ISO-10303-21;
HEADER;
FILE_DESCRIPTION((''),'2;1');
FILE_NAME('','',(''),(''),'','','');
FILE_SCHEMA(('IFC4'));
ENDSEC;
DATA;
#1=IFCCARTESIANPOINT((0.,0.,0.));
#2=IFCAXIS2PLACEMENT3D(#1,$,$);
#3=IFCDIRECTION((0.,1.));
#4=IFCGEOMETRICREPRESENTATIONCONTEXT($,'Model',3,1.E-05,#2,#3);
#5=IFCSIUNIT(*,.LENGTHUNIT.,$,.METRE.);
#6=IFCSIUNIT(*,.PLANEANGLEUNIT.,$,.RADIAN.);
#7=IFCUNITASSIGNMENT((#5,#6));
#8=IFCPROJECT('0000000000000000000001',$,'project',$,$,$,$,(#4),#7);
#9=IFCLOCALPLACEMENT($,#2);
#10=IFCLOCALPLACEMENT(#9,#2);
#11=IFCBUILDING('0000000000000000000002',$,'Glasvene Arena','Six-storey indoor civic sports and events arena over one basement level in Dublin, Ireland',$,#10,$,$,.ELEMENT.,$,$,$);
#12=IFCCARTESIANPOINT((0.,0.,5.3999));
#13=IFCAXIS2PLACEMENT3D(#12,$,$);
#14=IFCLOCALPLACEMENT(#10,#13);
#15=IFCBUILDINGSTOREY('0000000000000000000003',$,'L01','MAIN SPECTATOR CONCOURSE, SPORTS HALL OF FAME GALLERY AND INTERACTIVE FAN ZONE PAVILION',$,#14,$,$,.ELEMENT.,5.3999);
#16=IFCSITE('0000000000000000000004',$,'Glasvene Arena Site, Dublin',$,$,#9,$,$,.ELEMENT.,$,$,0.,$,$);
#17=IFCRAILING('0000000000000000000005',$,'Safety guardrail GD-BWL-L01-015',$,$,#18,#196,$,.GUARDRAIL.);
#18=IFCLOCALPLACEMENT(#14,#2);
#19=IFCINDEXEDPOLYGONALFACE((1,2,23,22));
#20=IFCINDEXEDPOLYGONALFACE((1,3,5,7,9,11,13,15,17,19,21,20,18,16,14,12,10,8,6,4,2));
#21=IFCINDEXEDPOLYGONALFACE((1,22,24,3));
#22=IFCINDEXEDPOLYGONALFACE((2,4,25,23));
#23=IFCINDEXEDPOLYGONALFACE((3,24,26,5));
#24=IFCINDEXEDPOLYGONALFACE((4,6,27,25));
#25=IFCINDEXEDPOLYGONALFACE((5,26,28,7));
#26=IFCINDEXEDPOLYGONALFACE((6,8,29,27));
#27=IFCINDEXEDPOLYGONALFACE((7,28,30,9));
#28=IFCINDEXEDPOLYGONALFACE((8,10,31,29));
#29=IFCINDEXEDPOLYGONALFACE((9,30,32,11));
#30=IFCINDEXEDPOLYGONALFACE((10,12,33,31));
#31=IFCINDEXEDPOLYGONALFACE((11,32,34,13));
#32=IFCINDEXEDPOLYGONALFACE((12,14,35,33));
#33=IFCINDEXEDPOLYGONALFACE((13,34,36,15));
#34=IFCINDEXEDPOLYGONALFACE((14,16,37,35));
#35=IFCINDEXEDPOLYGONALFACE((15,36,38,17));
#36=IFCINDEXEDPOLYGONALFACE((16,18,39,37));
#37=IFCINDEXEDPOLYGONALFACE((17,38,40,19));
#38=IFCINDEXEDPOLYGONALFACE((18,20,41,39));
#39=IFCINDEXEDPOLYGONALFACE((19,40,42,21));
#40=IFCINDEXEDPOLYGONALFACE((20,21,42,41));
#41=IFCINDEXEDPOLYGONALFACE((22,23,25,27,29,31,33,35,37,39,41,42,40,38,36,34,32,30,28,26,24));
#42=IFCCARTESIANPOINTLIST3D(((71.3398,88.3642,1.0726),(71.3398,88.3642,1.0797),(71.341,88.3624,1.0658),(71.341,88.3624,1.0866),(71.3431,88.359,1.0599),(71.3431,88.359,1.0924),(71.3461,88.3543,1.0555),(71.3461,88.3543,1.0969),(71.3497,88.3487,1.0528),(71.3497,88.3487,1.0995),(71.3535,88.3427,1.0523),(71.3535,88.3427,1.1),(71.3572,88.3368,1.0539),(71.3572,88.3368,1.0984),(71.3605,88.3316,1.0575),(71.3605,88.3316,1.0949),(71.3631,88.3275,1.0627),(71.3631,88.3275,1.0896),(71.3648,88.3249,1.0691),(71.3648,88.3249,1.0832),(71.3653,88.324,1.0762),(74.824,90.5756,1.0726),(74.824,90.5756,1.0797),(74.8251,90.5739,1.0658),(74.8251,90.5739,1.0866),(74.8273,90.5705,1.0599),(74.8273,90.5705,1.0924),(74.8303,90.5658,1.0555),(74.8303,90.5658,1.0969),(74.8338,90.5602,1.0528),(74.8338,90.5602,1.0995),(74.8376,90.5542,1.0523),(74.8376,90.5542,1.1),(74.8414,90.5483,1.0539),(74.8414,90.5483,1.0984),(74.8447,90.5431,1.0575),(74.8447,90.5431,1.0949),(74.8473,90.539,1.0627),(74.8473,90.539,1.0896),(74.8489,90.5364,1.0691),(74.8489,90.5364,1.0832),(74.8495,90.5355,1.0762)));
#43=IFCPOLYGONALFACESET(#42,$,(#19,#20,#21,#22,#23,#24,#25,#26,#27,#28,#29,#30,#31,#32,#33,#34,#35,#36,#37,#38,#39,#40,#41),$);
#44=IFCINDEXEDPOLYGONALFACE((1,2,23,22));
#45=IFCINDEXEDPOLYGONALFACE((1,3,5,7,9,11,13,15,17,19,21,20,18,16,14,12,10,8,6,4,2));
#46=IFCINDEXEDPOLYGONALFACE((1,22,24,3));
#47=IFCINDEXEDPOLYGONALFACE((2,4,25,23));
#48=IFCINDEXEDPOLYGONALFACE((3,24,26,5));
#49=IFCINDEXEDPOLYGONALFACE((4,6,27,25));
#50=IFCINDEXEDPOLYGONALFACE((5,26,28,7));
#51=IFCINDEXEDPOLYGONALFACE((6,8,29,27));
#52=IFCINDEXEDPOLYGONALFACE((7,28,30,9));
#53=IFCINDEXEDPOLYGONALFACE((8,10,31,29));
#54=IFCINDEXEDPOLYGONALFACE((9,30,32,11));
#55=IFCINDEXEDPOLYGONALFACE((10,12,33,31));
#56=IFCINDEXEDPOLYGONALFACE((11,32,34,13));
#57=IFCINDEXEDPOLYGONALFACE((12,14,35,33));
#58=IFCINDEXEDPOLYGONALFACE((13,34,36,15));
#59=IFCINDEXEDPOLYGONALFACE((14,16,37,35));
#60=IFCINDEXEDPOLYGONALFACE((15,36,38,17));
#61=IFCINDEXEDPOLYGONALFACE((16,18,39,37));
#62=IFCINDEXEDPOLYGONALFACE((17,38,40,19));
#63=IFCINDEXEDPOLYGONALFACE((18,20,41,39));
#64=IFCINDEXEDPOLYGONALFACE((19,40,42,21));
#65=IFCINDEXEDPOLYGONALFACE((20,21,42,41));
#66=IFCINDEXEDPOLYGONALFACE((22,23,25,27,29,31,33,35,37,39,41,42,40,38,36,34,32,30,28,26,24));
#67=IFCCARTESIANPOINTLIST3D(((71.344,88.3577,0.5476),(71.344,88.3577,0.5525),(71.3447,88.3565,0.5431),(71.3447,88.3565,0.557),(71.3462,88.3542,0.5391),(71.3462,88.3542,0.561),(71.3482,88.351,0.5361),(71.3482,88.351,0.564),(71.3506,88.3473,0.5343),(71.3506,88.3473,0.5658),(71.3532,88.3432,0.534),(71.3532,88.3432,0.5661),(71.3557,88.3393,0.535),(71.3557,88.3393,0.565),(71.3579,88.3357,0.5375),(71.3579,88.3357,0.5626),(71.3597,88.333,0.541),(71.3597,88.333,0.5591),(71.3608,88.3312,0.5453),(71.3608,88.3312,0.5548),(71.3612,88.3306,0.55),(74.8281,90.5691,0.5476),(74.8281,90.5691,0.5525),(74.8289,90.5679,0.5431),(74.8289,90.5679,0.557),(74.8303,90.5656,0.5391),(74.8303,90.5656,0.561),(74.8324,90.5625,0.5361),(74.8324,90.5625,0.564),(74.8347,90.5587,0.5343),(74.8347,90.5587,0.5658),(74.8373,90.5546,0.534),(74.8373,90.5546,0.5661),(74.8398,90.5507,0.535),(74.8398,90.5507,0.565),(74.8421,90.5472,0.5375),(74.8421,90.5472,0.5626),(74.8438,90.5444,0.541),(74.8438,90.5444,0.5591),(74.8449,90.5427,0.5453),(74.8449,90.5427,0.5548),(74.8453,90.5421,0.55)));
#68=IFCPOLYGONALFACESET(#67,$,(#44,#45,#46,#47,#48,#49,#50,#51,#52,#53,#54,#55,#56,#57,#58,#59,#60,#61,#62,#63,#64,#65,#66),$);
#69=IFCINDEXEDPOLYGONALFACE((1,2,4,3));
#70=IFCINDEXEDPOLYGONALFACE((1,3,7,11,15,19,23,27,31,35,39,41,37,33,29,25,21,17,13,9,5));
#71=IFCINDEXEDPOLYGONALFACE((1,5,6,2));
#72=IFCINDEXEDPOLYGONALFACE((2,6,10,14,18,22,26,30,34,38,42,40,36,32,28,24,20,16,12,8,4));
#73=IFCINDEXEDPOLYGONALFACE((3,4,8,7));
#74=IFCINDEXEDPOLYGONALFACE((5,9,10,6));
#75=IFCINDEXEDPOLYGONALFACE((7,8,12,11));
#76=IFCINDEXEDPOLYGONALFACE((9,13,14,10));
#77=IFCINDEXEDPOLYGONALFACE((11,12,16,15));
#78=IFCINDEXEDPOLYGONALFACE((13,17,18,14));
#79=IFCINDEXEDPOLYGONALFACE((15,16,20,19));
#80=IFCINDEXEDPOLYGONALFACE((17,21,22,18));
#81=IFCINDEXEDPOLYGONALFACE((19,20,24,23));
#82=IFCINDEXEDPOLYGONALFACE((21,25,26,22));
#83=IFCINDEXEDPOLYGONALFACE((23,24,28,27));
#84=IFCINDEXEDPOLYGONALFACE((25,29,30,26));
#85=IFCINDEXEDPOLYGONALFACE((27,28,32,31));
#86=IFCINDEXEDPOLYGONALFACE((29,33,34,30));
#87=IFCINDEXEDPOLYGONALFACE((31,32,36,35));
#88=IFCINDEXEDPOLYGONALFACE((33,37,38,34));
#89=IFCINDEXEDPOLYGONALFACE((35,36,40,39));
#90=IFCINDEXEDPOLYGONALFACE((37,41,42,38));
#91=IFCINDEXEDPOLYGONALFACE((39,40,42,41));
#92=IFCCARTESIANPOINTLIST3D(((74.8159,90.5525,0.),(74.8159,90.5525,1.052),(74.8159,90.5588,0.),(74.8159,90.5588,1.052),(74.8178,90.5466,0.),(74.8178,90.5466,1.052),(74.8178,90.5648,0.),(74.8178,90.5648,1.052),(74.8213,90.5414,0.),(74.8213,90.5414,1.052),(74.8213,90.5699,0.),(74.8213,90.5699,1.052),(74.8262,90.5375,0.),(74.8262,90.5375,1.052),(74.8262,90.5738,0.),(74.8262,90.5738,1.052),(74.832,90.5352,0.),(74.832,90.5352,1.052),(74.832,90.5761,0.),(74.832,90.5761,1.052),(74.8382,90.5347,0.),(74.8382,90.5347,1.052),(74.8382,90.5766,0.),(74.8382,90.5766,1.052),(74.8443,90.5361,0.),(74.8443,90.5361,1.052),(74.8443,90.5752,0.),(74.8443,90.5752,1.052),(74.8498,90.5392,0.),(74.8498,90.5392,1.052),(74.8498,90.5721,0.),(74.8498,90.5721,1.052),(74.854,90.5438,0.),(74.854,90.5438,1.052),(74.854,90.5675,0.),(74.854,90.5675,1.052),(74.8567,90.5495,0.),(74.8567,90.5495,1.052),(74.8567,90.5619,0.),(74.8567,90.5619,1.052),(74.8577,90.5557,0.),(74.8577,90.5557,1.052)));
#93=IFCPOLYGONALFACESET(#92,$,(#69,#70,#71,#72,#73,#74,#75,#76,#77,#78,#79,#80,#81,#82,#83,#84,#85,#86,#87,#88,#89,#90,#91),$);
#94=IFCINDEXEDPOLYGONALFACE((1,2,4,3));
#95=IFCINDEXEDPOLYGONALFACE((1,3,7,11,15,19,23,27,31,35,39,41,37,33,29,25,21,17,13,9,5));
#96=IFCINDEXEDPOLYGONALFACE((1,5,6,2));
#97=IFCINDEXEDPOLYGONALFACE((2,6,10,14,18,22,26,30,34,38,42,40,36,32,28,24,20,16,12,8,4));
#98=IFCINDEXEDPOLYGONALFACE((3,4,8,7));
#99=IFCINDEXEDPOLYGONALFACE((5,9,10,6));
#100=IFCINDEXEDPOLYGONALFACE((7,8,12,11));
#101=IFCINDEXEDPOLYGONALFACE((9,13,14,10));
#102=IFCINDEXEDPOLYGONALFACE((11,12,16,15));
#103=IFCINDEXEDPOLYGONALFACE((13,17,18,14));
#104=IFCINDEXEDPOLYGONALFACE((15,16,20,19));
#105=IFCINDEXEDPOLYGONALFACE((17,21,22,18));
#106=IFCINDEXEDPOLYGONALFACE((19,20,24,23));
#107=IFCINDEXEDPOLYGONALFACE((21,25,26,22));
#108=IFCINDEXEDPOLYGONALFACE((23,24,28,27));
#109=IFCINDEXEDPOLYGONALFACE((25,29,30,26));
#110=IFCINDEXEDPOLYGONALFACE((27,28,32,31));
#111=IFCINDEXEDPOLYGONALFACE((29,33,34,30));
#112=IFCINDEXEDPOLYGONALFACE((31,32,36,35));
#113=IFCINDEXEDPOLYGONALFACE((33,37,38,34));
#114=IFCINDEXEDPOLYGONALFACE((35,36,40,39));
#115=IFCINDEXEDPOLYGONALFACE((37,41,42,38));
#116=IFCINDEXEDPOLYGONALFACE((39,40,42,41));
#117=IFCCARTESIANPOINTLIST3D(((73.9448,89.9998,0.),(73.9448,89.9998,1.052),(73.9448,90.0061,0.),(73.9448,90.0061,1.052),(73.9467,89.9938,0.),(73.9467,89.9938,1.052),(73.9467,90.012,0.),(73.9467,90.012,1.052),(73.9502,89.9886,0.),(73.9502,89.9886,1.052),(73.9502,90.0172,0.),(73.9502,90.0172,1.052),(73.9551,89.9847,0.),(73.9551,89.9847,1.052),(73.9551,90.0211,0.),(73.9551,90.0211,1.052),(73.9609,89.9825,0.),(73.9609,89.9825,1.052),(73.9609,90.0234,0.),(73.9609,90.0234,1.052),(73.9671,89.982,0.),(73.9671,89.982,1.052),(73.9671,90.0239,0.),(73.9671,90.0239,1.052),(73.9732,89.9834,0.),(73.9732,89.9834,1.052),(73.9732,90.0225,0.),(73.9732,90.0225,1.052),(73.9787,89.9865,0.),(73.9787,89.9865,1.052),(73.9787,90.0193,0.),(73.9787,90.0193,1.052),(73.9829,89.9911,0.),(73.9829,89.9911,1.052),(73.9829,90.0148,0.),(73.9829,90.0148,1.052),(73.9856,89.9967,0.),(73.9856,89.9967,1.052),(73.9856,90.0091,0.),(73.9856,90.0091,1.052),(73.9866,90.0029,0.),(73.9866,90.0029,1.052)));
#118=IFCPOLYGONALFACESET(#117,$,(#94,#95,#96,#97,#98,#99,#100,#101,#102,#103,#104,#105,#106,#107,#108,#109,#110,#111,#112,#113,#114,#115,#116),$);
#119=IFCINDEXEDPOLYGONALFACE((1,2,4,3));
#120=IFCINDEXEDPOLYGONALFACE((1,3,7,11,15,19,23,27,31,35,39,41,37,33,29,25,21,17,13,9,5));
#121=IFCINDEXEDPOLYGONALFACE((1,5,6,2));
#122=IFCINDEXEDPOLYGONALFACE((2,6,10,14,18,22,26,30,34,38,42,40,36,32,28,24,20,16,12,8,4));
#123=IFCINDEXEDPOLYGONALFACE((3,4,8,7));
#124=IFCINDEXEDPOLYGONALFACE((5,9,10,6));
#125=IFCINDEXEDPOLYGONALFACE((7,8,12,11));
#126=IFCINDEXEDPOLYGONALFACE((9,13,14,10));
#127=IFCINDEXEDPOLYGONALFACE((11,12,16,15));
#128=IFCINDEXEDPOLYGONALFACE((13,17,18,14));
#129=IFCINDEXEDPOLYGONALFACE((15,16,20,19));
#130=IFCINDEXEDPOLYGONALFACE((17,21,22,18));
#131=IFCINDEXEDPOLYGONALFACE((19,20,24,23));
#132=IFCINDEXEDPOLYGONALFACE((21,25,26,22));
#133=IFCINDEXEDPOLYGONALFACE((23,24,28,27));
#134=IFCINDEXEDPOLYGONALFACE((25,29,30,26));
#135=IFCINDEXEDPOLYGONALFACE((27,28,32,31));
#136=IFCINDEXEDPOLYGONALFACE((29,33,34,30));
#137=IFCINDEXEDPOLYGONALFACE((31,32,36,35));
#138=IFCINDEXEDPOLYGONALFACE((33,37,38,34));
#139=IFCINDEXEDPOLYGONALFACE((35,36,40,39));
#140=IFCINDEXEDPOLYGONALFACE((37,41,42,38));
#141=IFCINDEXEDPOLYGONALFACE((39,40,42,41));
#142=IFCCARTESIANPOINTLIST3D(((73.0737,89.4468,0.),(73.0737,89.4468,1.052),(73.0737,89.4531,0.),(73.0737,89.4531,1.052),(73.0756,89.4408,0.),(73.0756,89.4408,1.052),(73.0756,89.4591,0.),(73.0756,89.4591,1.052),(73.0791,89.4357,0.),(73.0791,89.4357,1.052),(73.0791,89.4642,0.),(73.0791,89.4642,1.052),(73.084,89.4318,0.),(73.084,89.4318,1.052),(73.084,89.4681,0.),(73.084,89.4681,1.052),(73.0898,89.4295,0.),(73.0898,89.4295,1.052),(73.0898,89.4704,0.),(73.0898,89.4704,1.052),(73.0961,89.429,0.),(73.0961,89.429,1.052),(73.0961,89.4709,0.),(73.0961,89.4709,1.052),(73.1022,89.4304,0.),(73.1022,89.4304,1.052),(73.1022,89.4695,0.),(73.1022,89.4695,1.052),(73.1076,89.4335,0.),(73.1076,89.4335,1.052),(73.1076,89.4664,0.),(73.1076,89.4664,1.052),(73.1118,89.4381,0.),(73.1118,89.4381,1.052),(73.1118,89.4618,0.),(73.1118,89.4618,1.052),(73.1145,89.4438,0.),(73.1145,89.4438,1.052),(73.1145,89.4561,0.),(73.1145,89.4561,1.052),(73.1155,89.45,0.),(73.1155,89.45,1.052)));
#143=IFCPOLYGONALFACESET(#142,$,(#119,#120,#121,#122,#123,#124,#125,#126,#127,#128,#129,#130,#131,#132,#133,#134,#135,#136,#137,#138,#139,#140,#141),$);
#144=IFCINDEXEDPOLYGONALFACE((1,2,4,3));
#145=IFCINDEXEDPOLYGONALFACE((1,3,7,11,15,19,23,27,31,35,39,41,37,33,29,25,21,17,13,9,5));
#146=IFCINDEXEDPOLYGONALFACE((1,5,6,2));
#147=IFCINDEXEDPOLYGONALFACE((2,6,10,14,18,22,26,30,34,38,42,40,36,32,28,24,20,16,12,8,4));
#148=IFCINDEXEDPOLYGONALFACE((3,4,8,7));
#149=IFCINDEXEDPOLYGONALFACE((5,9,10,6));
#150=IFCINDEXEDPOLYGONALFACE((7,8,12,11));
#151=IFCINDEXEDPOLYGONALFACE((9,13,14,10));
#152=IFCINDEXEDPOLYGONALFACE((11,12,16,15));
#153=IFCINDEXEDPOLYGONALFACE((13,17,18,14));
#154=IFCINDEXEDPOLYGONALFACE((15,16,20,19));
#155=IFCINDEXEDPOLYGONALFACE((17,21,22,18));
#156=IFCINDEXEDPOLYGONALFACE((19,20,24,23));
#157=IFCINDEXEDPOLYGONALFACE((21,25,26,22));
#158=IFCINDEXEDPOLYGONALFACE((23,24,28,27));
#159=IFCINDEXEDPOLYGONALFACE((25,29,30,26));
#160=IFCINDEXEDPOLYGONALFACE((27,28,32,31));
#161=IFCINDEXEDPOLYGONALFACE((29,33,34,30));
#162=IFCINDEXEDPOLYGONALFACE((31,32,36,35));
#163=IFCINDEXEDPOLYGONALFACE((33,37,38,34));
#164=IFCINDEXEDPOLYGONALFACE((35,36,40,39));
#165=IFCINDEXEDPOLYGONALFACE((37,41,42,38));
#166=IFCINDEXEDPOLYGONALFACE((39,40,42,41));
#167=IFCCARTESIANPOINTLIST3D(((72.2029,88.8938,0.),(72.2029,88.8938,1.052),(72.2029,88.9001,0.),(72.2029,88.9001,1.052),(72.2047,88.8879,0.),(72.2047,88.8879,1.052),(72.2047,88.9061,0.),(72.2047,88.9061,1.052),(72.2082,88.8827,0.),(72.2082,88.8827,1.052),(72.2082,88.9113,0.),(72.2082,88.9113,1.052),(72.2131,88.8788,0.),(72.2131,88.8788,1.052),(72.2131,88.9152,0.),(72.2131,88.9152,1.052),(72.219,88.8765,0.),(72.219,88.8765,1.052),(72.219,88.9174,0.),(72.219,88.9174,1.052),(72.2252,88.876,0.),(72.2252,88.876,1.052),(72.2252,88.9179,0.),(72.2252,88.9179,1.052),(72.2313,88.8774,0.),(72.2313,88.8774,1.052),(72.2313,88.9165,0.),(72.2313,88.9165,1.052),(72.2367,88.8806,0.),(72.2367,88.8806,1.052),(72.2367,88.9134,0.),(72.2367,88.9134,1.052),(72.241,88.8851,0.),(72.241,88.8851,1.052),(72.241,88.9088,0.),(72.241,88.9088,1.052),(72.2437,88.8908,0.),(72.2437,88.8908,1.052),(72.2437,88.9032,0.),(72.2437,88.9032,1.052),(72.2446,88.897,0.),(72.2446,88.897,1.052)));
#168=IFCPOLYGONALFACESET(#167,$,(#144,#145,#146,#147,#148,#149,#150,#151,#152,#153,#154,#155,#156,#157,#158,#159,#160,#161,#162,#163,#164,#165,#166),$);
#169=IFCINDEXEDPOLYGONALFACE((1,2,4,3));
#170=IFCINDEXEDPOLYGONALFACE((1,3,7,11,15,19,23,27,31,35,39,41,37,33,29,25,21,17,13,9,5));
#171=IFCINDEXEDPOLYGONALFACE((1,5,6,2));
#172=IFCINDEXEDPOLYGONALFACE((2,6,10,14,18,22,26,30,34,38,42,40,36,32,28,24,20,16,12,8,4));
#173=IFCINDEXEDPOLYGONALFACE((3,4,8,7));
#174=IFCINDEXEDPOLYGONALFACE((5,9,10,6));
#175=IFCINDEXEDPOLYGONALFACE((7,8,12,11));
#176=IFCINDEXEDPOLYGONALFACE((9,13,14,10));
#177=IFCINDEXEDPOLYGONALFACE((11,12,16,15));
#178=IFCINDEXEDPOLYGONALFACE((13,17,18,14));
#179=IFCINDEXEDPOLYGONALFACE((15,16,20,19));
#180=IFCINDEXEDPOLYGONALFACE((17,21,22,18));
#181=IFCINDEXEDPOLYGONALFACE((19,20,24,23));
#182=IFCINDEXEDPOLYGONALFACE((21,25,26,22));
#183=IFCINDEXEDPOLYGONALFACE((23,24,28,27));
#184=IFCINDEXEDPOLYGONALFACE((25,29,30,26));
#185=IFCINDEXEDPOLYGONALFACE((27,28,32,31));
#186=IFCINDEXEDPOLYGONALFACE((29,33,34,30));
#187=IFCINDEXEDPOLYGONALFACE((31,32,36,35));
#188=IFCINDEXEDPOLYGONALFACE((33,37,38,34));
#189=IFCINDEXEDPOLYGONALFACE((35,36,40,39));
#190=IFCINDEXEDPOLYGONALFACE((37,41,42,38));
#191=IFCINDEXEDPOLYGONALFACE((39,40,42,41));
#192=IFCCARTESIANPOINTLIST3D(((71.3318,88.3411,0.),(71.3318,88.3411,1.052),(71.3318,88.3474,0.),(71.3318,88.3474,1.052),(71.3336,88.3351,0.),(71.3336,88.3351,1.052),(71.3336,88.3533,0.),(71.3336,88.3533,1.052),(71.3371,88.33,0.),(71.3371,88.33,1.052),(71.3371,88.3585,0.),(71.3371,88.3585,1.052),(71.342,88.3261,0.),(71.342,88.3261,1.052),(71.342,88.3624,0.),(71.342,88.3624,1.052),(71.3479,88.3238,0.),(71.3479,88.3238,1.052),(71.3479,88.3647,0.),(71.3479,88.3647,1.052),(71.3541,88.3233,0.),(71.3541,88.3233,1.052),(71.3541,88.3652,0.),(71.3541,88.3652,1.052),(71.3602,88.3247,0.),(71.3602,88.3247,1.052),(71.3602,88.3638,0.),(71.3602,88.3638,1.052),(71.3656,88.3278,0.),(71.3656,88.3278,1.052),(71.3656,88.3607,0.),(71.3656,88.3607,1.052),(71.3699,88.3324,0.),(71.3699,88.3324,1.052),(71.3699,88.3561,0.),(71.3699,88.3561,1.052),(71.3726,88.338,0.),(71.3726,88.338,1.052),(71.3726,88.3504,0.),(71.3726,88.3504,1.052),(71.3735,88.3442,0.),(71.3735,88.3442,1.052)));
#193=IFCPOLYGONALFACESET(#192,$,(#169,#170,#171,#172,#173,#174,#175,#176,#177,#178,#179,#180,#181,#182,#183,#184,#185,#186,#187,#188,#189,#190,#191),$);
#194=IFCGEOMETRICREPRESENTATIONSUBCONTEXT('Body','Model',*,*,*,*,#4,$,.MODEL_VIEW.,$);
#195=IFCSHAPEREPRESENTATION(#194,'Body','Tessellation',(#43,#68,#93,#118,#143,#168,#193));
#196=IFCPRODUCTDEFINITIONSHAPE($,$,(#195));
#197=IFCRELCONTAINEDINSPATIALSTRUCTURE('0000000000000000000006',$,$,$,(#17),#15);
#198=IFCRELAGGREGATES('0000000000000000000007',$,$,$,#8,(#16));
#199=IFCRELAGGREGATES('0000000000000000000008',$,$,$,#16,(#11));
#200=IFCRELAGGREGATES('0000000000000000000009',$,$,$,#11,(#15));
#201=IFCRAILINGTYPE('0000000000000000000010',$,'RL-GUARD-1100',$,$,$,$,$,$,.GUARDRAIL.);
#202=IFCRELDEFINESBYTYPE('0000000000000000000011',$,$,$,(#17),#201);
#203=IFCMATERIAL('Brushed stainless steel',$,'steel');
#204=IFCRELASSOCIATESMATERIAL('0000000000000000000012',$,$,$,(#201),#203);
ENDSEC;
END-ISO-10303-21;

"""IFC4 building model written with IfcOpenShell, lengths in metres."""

from ifc_helpers import new_model, si_unit, direction, frame, origin, origin_2d, place, context, subcontext, project, spatial, circle, extrude, material, type_object, element, save


model = new_model("IFC4")

# Units and contexts
model_context = context("Model", 3, precision=1e-05, world=origin(), true_north=direction((0.0, 1.0)))
body_context = subcontext(model_context, "Body", "Model", "MODEL_VIEW")
ifc_project = project(units=[si_unit("LENGTHUNIT", "METRE"), si_unit("PLANEANGLEUNIT", "RADIAN")], contexts=[model_context])

# Site, building, storey
site_placement = place(None, origin())
site = spatial("IfcSite", under=ifc_project, at=site_placement, Name="Glasvene Arena Site, Dublin", CompositionType="ELEMENT", RefElevation=0.0)
building_placement = place(site_placement, origin())
building = spatial("IfcBuilding", under=site, at=building_placement, Name="Glasvene Arena", Description="Six-storey indoor civic sports and events arena over one basement level in Dublin, Ireland", CompositionType="ELEMENT")
storey_placement = place(building_placement, frame((0.0, 0.0, 5.3999)))
storey = spatial("IfcBuildingStorey", under=building, at=storey_placement, Name="L01", Description="MAIN SPECTATOR CONCOURSE, SPORTS HALL OF FAME GALLERY AND INTERACTIVE FAN ZONE PAVILION", CompositionType="ELEMENT", Elevation=5.3999)

# Railing
ifc_material_1 = material(Name="Brushed stainless steel", Category="steel")
railing_type = type_object("IfcRailingType", Name="RL-GUARD-1100", PredefinedType="GUARDRAIL", material=ifc_material_1)
railing_1_placement = place(storey_placement, frame((74.8367, 90.5557, 0.0)))
element("IfcRailing", 1, at=railing_1_placement, inside=storey, type_object=railing_type, Name="Safety guardrail GD-BWL-L01-015", PredefinedType="GUARDRAIL", context=body_context, shape_type="SweptSolid", body=[
    extrude(circle(Radius=0.0239, at=origin_2d()), frame((0.0, 0.0, 1.0762), z_axis=(-0.844292, -0.535884, 0.0), x_axis=(0.535884, -0.844292, 0.0)), (0.0, 0.0, 1.0), 4.1267),
    extrude(circle(Radius=0.0161, at=origin_2d()), frame((0.0, 0.0, 0.55), z_axis=(-0.844292, -0.535884, 0.0), x_axis=(0.535884, -0.844292, 0.0)), (0.0, 0.0, 1.0), 4.1267),
    extrude(circle(Radius=0.021, at=origin_2d()), origin(), (0.0, 0.0, 1.0), 1.052),
    extrude(circle(Radius=0.021, at=origin_2d()), frame((-0.8711, -0.5527, 0.0)), (0.0, 0.0, 1.0), 1.052),
    extrude(circle(Radius=0.021, at=origin_2d()), frame((-1.7422, -1.1057, 0.0)), (0.0, 0.0, 1.0), 1.052),
    extrude(circle(Radius=0.021, at=origin_2d()), frame((-2.613, -1.6587, 0.0)), (0.0, 0.0, 1.0), 1.052),
    extrude(circle(Radius=0.021, at=origin_2d()), frame((-3.4841, -2.2114, 0.0)), (0.0, 0.0, 1.0), 1.052),
])

save(model, "model.ifc")
